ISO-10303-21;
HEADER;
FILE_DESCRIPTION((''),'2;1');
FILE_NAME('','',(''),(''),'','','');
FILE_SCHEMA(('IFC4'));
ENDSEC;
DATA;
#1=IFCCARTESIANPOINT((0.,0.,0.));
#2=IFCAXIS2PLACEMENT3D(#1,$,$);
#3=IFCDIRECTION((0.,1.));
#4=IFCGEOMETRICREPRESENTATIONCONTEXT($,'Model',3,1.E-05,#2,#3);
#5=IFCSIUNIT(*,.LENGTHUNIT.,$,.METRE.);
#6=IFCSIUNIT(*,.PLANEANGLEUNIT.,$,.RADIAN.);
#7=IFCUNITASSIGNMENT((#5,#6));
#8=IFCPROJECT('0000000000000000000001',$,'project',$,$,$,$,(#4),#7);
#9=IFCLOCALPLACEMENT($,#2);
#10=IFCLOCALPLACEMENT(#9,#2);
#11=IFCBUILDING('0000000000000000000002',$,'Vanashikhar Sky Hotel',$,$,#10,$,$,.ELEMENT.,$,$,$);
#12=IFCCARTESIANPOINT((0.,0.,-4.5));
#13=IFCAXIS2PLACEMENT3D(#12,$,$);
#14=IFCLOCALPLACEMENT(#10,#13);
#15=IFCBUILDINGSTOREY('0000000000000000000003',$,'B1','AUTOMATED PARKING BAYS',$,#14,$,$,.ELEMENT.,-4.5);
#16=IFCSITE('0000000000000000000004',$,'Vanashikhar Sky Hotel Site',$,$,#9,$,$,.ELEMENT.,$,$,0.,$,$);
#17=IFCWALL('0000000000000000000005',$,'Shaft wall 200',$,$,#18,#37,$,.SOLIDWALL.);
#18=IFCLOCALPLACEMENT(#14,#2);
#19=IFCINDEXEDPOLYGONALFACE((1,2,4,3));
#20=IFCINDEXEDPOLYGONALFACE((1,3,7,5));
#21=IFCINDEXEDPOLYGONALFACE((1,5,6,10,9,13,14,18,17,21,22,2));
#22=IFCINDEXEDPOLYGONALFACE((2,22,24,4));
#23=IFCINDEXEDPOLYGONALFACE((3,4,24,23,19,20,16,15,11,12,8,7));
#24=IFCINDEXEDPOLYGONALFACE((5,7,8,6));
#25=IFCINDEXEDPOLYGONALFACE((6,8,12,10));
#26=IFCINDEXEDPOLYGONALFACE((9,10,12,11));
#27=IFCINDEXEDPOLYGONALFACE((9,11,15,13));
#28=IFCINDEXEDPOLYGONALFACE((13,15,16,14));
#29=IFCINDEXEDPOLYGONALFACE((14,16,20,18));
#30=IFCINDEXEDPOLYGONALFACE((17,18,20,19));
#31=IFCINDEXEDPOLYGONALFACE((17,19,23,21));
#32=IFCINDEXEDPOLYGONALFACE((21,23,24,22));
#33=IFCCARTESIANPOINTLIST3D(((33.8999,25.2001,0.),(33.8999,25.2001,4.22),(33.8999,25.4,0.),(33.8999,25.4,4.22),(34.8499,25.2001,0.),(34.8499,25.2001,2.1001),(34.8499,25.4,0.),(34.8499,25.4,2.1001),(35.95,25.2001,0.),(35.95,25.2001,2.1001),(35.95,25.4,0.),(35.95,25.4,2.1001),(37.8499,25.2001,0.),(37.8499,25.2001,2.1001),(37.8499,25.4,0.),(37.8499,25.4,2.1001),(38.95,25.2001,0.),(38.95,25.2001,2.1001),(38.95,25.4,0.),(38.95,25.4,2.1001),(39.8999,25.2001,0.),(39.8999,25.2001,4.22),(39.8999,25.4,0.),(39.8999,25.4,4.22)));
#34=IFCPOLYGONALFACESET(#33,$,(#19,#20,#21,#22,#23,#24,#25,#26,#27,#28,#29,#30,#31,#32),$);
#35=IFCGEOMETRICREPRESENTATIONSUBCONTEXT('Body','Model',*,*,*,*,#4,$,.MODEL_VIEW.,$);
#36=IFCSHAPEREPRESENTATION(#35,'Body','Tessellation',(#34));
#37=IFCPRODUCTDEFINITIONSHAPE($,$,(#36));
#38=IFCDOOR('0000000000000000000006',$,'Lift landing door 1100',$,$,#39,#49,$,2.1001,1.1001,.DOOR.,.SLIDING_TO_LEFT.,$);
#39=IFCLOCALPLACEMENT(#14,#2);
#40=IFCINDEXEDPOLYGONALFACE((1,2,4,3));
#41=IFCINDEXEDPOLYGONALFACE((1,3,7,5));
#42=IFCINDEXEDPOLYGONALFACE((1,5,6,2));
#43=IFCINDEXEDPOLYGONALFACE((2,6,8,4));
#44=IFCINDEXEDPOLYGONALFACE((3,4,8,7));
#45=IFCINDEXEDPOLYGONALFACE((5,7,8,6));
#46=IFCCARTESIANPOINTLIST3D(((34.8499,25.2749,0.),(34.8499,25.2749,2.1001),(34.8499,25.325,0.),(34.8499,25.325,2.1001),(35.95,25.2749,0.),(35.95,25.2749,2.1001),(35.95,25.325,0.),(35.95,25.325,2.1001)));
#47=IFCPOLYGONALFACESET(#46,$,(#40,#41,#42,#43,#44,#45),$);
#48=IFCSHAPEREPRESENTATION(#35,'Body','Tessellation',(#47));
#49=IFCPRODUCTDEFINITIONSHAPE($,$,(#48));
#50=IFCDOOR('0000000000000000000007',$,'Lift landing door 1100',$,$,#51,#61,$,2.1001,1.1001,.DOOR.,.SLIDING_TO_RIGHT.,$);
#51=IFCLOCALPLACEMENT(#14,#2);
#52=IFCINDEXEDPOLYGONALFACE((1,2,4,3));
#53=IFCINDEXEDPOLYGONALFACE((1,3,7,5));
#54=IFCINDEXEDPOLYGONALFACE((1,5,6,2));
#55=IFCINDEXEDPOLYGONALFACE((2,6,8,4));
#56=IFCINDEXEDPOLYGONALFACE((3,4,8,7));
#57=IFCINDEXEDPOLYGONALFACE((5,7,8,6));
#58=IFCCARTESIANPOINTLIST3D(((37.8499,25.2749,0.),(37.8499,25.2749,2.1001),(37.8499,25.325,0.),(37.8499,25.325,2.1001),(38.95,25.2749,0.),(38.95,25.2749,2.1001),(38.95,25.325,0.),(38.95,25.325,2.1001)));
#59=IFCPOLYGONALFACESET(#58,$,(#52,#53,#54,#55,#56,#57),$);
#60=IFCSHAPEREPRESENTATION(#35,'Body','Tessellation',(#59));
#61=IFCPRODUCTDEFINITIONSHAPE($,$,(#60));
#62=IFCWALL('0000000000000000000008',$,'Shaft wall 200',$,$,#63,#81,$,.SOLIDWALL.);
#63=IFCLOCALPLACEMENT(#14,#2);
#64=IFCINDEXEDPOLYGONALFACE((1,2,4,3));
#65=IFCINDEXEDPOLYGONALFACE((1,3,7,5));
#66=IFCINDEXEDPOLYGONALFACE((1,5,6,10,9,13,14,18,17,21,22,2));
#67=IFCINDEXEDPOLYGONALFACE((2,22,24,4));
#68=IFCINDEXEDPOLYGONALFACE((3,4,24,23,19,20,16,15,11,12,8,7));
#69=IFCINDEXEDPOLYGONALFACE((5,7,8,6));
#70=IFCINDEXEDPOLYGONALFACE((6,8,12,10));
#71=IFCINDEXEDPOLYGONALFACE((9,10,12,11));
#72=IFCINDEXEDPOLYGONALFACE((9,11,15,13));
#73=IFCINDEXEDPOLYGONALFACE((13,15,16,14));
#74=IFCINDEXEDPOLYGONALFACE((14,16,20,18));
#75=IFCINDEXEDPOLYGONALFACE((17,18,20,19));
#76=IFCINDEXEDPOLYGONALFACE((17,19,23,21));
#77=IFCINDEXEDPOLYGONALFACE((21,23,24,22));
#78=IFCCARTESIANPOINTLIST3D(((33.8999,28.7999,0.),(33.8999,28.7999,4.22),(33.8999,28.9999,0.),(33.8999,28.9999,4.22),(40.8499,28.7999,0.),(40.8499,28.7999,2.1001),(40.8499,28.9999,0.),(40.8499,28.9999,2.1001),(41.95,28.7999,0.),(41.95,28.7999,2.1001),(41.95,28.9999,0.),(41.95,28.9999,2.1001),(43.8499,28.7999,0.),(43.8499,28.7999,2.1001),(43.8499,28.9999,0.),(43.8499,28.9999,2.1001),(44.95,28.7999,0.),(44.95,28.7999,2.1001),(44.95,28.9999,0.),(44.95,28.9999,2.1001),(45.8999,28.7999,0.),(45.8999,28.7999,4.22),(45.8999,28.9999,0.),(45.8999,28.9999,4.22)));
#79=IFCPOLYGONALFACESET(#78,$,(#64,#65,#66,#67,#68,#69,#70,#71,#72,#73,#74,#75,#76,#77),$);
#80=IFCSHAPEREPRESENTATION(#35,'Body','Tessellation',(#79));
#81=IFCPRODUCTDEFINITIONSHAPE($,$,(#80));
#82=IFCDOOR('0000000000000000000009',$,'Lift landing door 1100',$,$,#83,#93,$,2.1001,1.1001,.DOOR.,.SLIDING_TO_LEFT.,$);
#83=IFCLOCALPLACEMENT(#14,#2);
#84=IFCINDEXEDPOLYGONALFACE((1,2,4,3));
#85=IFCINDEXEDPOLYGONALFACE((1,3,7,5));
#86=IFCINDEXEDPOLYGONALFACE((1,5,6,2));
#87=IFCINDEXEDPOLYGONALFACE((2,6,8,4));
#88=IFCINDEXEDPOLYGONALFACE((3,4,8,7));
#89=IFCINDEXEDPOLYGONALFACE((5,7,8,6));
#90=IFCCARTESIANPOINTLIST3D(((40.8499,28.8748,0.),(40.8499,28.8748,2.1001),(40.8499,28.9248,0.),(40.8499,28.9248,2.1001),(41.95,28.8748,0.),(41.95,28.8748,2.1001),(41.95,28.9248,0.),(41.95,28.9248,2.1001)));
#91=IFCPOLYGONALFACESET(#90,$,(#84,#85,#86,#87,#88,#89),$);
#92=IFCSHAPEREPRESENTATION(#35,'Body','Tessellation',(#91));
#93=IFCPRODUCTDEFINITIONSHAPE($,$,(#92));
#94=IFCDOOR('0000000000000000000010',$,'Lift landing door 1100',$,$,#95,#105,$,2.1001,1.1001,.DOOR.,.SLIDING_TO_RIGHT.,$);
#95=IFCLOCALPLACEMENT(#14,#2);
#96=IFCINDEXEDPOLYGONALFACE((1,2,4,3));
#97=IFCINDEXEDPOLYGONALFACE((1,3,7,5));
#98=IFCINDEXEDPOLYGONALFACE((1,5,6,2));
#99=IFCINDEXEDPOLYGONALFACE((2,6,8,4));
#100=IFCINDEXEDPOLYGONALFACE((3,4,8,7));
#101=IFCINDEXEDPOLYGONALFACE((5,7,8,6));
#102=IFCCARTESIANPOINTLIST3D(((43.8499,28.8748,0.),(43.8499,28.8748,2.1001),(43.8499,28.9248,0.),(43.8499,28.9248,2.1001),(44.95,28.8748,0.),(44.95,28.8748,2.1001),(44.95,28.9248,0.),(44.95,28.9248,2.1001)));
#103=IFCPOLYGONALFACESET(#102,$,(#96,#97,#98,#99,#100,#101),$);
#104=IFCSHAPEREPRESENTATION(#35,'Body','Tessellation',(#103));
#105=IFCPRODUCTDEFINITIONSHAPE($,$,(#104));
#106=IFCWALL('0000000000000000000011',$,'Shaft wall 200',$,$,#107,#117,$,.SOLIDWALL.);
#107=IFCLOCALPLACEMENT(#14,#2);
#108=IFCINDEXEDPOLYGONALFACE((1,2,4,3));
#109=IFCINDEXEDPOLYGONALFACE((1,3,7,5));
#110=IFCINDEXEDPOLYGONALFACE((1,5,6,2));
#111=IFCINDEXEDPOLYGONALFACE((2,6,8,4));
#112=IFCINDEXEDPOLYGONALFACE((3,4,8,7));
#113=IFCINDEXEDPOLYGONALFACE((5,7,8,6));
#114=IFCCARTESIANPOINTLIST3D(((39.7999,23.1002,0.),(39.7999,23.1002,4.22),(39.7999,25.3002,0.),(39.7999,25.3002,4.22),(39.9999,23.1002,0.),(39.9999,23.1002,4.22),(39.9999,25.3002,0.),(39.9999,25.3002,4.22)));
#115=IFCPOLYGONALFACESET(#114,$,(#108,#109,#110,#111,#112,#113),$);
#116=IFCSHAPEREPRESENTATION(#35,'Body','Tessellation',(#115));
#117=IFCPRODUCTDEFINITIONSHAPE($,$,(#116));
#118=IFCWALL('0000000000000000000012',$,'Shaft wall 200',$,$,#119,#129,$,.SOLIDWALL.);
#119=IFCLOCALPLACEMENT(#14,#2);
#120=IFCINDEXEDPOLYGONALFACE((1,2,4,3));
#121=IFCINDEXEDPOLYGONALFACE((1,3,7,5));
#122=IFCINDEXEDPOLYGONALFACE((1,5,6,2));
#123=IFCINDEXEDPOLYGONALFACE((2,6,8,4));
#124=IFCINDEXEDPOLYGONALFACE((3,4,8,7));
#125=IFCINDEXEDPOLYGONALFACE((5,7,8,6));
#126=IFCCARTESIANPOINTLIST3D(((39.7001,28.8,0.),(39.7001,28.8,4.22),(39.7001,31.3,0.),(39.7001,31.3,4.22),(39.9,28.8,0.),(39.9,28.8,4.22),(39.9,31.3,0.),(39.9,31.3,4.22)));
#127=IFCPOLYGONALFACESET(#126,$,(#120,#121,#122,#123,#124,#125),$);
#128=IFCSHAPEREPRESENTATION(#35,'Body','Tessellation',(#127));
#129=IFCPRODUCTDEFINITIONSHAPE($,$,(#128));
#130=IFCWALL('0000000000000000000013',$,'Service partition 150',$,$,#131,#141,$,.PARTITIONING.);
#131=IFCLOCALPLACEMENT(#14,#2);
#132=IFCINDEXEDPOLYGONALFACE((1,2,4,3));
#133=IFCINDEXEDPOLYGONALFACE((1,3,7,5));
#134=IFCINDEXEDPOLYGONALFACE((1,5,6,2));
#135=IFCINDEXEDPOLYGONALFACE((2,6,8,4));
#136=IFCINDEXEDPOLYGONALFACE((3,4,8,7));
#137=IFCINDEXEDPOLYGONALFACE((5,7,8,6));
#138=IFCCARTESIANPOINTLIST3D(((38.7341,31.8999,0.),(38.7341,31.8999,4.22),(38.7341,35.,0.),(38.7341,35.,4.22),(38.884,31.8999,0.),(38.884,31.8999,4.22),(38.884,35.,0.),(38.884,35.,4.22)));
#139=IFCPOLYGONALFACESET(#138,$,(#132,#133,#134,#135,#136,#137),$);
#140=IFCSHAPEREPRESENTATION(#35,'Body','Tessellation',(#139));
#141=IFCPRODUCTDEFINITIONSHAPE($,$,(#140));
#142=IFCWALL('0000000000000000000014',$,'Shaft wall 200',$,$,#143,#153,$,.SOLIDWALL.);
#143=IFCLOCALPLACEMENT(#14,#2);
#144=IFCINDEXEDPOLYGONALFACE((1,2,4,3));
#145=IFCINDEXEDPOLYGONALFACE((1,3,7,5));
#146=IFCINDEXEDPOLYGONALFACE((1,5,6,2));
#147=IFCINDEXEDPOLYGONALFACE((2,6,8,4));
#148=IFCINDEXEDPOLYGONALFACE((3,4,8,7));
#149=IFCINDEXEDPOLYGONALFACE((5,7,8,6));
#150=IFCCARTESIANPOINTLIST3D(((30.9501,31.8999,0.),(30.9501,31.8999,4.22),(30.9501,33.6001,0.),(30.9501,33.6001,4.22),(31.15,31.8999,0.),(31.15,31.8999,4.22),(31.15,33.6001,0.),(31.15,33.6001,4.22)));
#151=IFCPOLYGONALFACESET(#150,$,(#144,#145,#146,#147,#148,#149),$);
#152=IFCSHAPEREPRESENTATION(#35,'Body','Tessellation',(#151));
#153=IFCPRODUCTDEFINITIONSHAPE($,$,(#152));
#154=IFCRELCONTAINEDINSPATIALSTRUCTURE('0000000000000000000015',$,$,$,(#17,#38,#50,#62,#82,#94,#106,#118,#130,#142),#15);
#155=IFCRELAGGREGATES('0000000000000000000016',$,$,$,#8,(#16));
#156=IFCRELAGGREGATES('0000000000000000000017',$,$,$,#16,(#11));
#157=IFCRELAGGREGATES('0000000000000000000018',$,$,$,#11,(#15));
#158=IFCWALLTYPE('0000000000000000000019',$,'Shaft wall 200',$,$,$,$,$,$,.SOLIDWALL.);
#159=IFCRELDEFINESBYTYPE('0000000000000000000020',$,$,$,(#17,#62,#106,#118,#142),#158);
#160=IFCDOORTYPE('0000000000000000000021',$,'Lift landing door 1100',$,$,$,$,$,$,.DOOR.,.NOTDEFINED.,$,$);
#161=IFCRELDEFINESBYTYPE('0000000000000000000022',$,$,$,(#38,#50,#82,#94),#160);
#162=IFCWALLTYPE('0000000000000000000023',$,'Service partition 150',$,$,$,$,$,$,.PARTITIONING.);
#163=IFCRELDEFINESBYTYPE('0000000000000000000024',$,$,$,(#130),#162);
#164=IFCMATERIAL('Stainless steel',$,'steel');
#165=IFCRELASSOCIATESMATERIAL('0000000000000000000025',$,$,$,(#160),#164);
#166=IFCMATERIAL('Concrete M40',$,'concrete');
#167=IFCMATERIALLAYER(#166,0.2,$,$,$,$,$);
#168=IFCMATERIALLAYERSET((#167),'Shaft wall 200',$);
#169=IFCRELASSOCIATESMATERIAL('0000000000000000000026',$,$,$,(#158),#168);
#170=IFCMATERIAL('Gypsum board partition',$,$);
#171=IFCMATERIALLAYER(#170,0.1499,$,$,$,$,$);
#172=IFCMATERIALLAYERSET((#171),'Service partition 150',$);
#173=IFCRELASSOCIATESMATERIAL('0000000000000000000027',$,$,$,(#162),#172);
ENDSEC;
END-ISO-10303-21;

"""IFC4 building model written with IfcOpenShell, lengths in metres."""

from ifc_helpers import new_model, si_unit, direction, frame, frame_2d, origin, place, context, subcontext, project, spatial, rectangle, extrude, source, transform, mapped, material, layer, layer_set, type_object, element, fill, save


model = new_model("IFC4")

# Units and contexts
model_context = context("Model", 3, precision=1e-05, world=origin(), true_north=direction((0.0, 1.0)))
body_context = subcontext(model_context, "Body", "Model", "MODEL_VIEW")
ifc_project = project(units=[si_unit("LENGTHUNIT", "METRE"), si_unit("PLANEANGLEUNIT", "RADIAN")], contexts=[model_context])

# Site, building, storey
site_placement = place(None, origin())
site = spatial("IfcSite", under=ifc_project, at=site_placement, Name="Vanashikhar Sky Hotel Site", CompositionType="ELEMENT", RefElevation=0.0)
building_placement = place(site_placement, origin())
building = spatial("IfcBuilding", under=site, at=building_placement, Name="Vanashikhar Sky Hotel", CompositionType="ELEMENT")
storey_placement = place(building_placement, frame((0.0, 0.0, -4.5)))
storey = spatial("IfcBuildingStorey", under=building, at=storey_placement, Name="B1", Description="AUTOMATED PARKING BAYS", CompositionType="ELEMENT", Elevation=-4.5)

# Shared definitions
shared_shape_1 = source(origin(), body_context, "Body", "SweptSolid", [
    extrude(rectangle(XDim=1.1001, YDim=2.1001, at=frame_2d((0.55, 1.05))), frame((0.0, 0.0249, 0.0), z_axis=(0.0, -1.0, 0.0), x_axis=(1.0, 0.0, 0.0)), (0.0, 0.0, 1.0), 0.05),
])
ifc_material_1 = material(Name="Stainless steel", Category="steel")
door_type_1 = type_object("IfcDoorType", Name="Lift landing door 1100", OperationType="NOTDEFINED", PredefinedType="DOOR", material=ifc_material_1)

# Walls, openings, doors
ifc_material_2 = material(Name="Concrete M40", Category="concrete")
ifc_layer_1 = layer(ifc_material_2, 0.2)
ifc_layer_set_1 = layer_set([ifc_layer_1], Name="Shaft wall 200")
wall_type_1 = type_object("IfcWallType", Name="Shaft wall 200", PredefinedType="SOLIDWALL", material=ifc_layer_set_1)
shared_shape_2 = source(origin(), body_context, "Body", "SweptSolid", [
    extrude(rectangle(XDim=6.0, YDim=0.2, at=frame_2d((3.0, 0.0))), origin(), (0.0, 0.0, 1.0), 4.22),
])
wall_1_placement = place(storey_placement, frame((33.8999, 25.3, 0.0), z_axis=(0.0, 0.0, 1.0), x_axis=(1.0, 0.0, 0.0)))
wall_1 = element("IfcWall", 1, at=wall_1_placement, inside=storey, type_object=wall_type_1, Name="Shaft wall 200", PredefinedType="SOLIDWALL", context=body_context, shape_type="MappedRepresentation", body=[
    mapped(shared_shape_2, transform((0.0, 0.0, 0.0), scale=1.0)),
])
shared_shape_3 = source(origin(), body_context, "Body", "SweptSolid", [
    extrude(rectangle(XDim=1.1001, YDim=2.1001, at=frame_2d((0.55, 1.05))), frame((0.0, 0.1099, 0.0), z_axis=(0.0, -1.0, 0.0), x_axis=(1.0, 0.0, 0.0)), (0.0, 0.0, 1.0), 0.22),
])
opening_1_placement = place(wall_1_placement, frame((0.95, 0.0, 0.0)))
opening_1 = element("IfcOpeningElement", 2, at=opening_1_placement, cuts=wall_1, PredefinedType="OPENING", context=body_context, shape_type="MappedRepresentation", body=[
    mapped(shared_shape_3, transform((0.0, 0.0, 0.0), scale=1.0)),
])
opening_2_placement = place(wall_1_placement, frame((3.95, 0.0, 0.0)))
opening_2 = element("IfcOpeningElement", 3, at=opening_2_placement, cuts=wall_1, PredefinedType="OPENING", context=body_context, shape_type="MappedRepresentation", body=[
    mapped(shared_shape_3, transform((0.0, 0.0, 0.0), scale=1.0)),
])
door_1_placement = place(opening_1_placement, origin())
door_1 = element("IfcDoor", 4, at=door_1_placement, inside=storey, type_object=door_type_1, Name="Lift landing door 1100", OperationType="SLIDING_TO_LEFT", OverallHeight=2.1001, OverallWidth=1.1001, PredefinedType="DOOR", context=body_context, shape_type="MappedRepresentation", body=[
    mapped(shared_shape_1, transform((0.0, 0.0, 0.0), scale=1.0)),
])
fill(opening_1, door_1)
door_2_placement = place(opening_2_placement, origin())
door_2 = element("IfcDoor", 5, at=door_2_placement, inside=storey, type_object=door_type_1, Name="Lift landing door 1100", OperationType="SLIDING_TO_RIGHT", OverallHeight=2.1001, OverallWidth=1.1001, PredefinedType="DOOR", context=body_context, shape_type="MappedRepresentation", body=[
    mapped(shared_shape_1, transform((0.0, 0.0, 0.0), scale=1.0)),
])
fill(opening_2, door_2)
shared_shape_4 = source(origin(), body_context, "Body", "SweptSolid", [
    extrude(rectangle(XDim=12.0, YDim=0.2, at=frame_2d((6.0, 0.0))), origin(), (0.0, 0.0, 1.0), 4.22),
])
wall_2_placement = place(storey_placement, frame((33.8999, 28.8999, 0.0), z_axis=(0.0, 0.0, 1.0), x_axis=(1.0, 0.0, 0.0)))
wall_2 = element("IfcWall", 6, at=wall_2_placement, inside=storey, type_object=wall_type_1, Name="Shaft wall 200", PredefinedType="SOLIDWALL", context=body_context, shape_type="MappedRepresentation", body=[
    mapped(shared_shape_4, transform((0.0, 0.0, 0.0), scale=1.0)),
])
opening_3_placement = place(wall_2_placement, frame((6.95, 0.0, 0.0)))
opening_3 = element("IfcOpeningElement", 7, at=opening_3_placement, cuts=wall_2, PredefinedType="OPENING", context=body_context, shape_type="MappedRepresentation", body=[
    mapped(shared_shape_3, transform((0.0, 0.0, 0.0), scale=1.0)),
])
opening_4_placement = place(wall_2_placement, frame((9.95, 0.0, 0.0)))
opening_4 = element("IfcOpeningElement", 8, at=opening_4_placement, cuts=wall_2, PredefinedType="OPENING", context=body_context, shape_type="MappedRepresentation", body=[
    mapped(shared_shape_3, transform((0.0, 0.0, 0.0), scale=1.0)),
])
door_3_placement = place(opening_3_placement, origin())
door_3 = element("IfcDoor", 9, at=door_3_placement, inside=storey, type_object=door_type_1, Name="Lift landing door 1100", OperationType="SLIDING_TO_LEFT", OverallHeight=2.1001, OverallWidth=1.1001, PredefinedType="DOOR", context=body_context, shape_type="MappedRepresentation", body=[
    mapped(shared_shape_1, transform((0.0, 0.0, 0.0), scale=1.0)),
])
fill(opening_3, door_3)
door_4_placement = place(opening_4_placement, origin())
door_4 = element("IfcDoor", 10, at=door_4_placement, inside=storey, type_object=door_type_1, Name="Lift landing door 1100", OperationType="SLIDING_TO_RIGHT", OverallHeight=2.1001, OverallWidth=1.1001, PredefinedType="DOOR", context=body_context, shape_type="MappedRepresentation", body=[
    mapped(shared_shape_1, transform((0.0, 0.0, 0.0), scale=1.0)),
])
fill(opening_4, door_4)

# Walls
shared_shape_5 = source(origin(), body_context, "Body", "SweptSolid", [
    extrude(rectangle(XDim=2.2, YDim=0.2, at=frame_2d((1.1001, 0.0))), origin(), (0.0, 0.0, 1.0), 4.22),
])
wall_3_placement = place(storey_placement, frame((39.8999, 23.1001, 0.0), z_axis=(0.0, 0.0, 1.0), x_axis=(0.0, 1.0, 0.0)))
element("IfcWall", 11, at=wall_3_placement, inside=storey, type_object=wall_type_1, Name="Shaft wall 200", PredefinedType="SOLIDWALL", context=body_context, shape_type="MappedRepresentation", body=[
    mapped(shared_shape_5, transform((0.0, 0.0, 0.0), scale=1.0)),
])
shared_shape_6 = source(origin(), body_context, "Body", "SweptSolid", [
    extrude(rectangle(XDim=2.5, YDim=0.2, at=frame_2d((1.25, 0.0))), origin(), (0.0, 0.0, 1.0), 4.22),
])
wall_4_placement = place(storey_placement, frame((39.8, 28.8, 0.0), z_axis=(0.0, 0.0, 1.0), x_axis=(0.0, 1.0, 0.0)))
element("IfcWall", 12, at=wall_4_placement, inside=storey, type_object=wall_type_1, Name="Shaft wall 200", PredefinedType="SOLIDWALL", context=body_context, shape_type="MappedRepresentation", body=[
    mapped(shared_shape_6, transform((0.0, 0.0, 0.0), scale=1.0)),
])
ifc_material_3 = material(Name="Gypsum board partition")
ifc_layer_2 = layer(ifc_material_3, 0.1499)
ifc_layer_set_2 = layer_set([ifc_layer_2], Name="Service partition 150")
wall_type_2 = type_object("IfcWallType", Name="Service partition 150", PredefinedType="PARTITIONING", material=ifc_layer_set_2)
shared_shape_7 = source(origin(), body_context, "Body", "SweptSolid", [
    extrude(rectangle(XDim=3.1001, YDim=0.1499, at=frame_2d((1.55, 0.0))), origin(), (0.0, 0.0, 1.0), 4.22),
])
wall_5_placement = place(storey_placement, frame((38.8091, 31.8999, 0.0), z_axis=(0.0, 0.0, 1.0), x_axis=(0.0, 1.0, 0.0)))
element("IfcWall", 13, at=wall_5_placement, inside=storey, type_object=wall_type_2, Name="Service partition 150", PredefinedType="PARTITIONING", context=body_context, shape_type="MappedRepresentation", body=[
    mapped(shared_shape_7, transform((0.0, 0.0, 0.0), scale=1.0)),
])
shared_shape_8 = source(origin(), body_context, "Body", "SweptSolid", [
    extrude(rectangle(XDim=1.7002, YDim=0.2, at=frame_2d((0.8501, 0.0))), origin(), (0.0, 0.0, 1.0), 4.22),
])
wall_6_placement = place(storey_placement, frame((31.05, 31.8999, 0.0), z_axis=(0.0, 0.0, 1.0), x_axis=(0.0, 1.0, 0.0)))
element("IfcWall", 14, at=wall_6_placement, inside=storey, type_object=wall_type_1, Name="Shaft wall 200", PredefinedType="SOLIDWALL", context=body_context, shape_type="MappedRepresentation", body=[
    mapped(shared_shape_8, transform((0.0, 0.0, 0.0), scale=1.0)),
])

save(model, "model.ifc")
